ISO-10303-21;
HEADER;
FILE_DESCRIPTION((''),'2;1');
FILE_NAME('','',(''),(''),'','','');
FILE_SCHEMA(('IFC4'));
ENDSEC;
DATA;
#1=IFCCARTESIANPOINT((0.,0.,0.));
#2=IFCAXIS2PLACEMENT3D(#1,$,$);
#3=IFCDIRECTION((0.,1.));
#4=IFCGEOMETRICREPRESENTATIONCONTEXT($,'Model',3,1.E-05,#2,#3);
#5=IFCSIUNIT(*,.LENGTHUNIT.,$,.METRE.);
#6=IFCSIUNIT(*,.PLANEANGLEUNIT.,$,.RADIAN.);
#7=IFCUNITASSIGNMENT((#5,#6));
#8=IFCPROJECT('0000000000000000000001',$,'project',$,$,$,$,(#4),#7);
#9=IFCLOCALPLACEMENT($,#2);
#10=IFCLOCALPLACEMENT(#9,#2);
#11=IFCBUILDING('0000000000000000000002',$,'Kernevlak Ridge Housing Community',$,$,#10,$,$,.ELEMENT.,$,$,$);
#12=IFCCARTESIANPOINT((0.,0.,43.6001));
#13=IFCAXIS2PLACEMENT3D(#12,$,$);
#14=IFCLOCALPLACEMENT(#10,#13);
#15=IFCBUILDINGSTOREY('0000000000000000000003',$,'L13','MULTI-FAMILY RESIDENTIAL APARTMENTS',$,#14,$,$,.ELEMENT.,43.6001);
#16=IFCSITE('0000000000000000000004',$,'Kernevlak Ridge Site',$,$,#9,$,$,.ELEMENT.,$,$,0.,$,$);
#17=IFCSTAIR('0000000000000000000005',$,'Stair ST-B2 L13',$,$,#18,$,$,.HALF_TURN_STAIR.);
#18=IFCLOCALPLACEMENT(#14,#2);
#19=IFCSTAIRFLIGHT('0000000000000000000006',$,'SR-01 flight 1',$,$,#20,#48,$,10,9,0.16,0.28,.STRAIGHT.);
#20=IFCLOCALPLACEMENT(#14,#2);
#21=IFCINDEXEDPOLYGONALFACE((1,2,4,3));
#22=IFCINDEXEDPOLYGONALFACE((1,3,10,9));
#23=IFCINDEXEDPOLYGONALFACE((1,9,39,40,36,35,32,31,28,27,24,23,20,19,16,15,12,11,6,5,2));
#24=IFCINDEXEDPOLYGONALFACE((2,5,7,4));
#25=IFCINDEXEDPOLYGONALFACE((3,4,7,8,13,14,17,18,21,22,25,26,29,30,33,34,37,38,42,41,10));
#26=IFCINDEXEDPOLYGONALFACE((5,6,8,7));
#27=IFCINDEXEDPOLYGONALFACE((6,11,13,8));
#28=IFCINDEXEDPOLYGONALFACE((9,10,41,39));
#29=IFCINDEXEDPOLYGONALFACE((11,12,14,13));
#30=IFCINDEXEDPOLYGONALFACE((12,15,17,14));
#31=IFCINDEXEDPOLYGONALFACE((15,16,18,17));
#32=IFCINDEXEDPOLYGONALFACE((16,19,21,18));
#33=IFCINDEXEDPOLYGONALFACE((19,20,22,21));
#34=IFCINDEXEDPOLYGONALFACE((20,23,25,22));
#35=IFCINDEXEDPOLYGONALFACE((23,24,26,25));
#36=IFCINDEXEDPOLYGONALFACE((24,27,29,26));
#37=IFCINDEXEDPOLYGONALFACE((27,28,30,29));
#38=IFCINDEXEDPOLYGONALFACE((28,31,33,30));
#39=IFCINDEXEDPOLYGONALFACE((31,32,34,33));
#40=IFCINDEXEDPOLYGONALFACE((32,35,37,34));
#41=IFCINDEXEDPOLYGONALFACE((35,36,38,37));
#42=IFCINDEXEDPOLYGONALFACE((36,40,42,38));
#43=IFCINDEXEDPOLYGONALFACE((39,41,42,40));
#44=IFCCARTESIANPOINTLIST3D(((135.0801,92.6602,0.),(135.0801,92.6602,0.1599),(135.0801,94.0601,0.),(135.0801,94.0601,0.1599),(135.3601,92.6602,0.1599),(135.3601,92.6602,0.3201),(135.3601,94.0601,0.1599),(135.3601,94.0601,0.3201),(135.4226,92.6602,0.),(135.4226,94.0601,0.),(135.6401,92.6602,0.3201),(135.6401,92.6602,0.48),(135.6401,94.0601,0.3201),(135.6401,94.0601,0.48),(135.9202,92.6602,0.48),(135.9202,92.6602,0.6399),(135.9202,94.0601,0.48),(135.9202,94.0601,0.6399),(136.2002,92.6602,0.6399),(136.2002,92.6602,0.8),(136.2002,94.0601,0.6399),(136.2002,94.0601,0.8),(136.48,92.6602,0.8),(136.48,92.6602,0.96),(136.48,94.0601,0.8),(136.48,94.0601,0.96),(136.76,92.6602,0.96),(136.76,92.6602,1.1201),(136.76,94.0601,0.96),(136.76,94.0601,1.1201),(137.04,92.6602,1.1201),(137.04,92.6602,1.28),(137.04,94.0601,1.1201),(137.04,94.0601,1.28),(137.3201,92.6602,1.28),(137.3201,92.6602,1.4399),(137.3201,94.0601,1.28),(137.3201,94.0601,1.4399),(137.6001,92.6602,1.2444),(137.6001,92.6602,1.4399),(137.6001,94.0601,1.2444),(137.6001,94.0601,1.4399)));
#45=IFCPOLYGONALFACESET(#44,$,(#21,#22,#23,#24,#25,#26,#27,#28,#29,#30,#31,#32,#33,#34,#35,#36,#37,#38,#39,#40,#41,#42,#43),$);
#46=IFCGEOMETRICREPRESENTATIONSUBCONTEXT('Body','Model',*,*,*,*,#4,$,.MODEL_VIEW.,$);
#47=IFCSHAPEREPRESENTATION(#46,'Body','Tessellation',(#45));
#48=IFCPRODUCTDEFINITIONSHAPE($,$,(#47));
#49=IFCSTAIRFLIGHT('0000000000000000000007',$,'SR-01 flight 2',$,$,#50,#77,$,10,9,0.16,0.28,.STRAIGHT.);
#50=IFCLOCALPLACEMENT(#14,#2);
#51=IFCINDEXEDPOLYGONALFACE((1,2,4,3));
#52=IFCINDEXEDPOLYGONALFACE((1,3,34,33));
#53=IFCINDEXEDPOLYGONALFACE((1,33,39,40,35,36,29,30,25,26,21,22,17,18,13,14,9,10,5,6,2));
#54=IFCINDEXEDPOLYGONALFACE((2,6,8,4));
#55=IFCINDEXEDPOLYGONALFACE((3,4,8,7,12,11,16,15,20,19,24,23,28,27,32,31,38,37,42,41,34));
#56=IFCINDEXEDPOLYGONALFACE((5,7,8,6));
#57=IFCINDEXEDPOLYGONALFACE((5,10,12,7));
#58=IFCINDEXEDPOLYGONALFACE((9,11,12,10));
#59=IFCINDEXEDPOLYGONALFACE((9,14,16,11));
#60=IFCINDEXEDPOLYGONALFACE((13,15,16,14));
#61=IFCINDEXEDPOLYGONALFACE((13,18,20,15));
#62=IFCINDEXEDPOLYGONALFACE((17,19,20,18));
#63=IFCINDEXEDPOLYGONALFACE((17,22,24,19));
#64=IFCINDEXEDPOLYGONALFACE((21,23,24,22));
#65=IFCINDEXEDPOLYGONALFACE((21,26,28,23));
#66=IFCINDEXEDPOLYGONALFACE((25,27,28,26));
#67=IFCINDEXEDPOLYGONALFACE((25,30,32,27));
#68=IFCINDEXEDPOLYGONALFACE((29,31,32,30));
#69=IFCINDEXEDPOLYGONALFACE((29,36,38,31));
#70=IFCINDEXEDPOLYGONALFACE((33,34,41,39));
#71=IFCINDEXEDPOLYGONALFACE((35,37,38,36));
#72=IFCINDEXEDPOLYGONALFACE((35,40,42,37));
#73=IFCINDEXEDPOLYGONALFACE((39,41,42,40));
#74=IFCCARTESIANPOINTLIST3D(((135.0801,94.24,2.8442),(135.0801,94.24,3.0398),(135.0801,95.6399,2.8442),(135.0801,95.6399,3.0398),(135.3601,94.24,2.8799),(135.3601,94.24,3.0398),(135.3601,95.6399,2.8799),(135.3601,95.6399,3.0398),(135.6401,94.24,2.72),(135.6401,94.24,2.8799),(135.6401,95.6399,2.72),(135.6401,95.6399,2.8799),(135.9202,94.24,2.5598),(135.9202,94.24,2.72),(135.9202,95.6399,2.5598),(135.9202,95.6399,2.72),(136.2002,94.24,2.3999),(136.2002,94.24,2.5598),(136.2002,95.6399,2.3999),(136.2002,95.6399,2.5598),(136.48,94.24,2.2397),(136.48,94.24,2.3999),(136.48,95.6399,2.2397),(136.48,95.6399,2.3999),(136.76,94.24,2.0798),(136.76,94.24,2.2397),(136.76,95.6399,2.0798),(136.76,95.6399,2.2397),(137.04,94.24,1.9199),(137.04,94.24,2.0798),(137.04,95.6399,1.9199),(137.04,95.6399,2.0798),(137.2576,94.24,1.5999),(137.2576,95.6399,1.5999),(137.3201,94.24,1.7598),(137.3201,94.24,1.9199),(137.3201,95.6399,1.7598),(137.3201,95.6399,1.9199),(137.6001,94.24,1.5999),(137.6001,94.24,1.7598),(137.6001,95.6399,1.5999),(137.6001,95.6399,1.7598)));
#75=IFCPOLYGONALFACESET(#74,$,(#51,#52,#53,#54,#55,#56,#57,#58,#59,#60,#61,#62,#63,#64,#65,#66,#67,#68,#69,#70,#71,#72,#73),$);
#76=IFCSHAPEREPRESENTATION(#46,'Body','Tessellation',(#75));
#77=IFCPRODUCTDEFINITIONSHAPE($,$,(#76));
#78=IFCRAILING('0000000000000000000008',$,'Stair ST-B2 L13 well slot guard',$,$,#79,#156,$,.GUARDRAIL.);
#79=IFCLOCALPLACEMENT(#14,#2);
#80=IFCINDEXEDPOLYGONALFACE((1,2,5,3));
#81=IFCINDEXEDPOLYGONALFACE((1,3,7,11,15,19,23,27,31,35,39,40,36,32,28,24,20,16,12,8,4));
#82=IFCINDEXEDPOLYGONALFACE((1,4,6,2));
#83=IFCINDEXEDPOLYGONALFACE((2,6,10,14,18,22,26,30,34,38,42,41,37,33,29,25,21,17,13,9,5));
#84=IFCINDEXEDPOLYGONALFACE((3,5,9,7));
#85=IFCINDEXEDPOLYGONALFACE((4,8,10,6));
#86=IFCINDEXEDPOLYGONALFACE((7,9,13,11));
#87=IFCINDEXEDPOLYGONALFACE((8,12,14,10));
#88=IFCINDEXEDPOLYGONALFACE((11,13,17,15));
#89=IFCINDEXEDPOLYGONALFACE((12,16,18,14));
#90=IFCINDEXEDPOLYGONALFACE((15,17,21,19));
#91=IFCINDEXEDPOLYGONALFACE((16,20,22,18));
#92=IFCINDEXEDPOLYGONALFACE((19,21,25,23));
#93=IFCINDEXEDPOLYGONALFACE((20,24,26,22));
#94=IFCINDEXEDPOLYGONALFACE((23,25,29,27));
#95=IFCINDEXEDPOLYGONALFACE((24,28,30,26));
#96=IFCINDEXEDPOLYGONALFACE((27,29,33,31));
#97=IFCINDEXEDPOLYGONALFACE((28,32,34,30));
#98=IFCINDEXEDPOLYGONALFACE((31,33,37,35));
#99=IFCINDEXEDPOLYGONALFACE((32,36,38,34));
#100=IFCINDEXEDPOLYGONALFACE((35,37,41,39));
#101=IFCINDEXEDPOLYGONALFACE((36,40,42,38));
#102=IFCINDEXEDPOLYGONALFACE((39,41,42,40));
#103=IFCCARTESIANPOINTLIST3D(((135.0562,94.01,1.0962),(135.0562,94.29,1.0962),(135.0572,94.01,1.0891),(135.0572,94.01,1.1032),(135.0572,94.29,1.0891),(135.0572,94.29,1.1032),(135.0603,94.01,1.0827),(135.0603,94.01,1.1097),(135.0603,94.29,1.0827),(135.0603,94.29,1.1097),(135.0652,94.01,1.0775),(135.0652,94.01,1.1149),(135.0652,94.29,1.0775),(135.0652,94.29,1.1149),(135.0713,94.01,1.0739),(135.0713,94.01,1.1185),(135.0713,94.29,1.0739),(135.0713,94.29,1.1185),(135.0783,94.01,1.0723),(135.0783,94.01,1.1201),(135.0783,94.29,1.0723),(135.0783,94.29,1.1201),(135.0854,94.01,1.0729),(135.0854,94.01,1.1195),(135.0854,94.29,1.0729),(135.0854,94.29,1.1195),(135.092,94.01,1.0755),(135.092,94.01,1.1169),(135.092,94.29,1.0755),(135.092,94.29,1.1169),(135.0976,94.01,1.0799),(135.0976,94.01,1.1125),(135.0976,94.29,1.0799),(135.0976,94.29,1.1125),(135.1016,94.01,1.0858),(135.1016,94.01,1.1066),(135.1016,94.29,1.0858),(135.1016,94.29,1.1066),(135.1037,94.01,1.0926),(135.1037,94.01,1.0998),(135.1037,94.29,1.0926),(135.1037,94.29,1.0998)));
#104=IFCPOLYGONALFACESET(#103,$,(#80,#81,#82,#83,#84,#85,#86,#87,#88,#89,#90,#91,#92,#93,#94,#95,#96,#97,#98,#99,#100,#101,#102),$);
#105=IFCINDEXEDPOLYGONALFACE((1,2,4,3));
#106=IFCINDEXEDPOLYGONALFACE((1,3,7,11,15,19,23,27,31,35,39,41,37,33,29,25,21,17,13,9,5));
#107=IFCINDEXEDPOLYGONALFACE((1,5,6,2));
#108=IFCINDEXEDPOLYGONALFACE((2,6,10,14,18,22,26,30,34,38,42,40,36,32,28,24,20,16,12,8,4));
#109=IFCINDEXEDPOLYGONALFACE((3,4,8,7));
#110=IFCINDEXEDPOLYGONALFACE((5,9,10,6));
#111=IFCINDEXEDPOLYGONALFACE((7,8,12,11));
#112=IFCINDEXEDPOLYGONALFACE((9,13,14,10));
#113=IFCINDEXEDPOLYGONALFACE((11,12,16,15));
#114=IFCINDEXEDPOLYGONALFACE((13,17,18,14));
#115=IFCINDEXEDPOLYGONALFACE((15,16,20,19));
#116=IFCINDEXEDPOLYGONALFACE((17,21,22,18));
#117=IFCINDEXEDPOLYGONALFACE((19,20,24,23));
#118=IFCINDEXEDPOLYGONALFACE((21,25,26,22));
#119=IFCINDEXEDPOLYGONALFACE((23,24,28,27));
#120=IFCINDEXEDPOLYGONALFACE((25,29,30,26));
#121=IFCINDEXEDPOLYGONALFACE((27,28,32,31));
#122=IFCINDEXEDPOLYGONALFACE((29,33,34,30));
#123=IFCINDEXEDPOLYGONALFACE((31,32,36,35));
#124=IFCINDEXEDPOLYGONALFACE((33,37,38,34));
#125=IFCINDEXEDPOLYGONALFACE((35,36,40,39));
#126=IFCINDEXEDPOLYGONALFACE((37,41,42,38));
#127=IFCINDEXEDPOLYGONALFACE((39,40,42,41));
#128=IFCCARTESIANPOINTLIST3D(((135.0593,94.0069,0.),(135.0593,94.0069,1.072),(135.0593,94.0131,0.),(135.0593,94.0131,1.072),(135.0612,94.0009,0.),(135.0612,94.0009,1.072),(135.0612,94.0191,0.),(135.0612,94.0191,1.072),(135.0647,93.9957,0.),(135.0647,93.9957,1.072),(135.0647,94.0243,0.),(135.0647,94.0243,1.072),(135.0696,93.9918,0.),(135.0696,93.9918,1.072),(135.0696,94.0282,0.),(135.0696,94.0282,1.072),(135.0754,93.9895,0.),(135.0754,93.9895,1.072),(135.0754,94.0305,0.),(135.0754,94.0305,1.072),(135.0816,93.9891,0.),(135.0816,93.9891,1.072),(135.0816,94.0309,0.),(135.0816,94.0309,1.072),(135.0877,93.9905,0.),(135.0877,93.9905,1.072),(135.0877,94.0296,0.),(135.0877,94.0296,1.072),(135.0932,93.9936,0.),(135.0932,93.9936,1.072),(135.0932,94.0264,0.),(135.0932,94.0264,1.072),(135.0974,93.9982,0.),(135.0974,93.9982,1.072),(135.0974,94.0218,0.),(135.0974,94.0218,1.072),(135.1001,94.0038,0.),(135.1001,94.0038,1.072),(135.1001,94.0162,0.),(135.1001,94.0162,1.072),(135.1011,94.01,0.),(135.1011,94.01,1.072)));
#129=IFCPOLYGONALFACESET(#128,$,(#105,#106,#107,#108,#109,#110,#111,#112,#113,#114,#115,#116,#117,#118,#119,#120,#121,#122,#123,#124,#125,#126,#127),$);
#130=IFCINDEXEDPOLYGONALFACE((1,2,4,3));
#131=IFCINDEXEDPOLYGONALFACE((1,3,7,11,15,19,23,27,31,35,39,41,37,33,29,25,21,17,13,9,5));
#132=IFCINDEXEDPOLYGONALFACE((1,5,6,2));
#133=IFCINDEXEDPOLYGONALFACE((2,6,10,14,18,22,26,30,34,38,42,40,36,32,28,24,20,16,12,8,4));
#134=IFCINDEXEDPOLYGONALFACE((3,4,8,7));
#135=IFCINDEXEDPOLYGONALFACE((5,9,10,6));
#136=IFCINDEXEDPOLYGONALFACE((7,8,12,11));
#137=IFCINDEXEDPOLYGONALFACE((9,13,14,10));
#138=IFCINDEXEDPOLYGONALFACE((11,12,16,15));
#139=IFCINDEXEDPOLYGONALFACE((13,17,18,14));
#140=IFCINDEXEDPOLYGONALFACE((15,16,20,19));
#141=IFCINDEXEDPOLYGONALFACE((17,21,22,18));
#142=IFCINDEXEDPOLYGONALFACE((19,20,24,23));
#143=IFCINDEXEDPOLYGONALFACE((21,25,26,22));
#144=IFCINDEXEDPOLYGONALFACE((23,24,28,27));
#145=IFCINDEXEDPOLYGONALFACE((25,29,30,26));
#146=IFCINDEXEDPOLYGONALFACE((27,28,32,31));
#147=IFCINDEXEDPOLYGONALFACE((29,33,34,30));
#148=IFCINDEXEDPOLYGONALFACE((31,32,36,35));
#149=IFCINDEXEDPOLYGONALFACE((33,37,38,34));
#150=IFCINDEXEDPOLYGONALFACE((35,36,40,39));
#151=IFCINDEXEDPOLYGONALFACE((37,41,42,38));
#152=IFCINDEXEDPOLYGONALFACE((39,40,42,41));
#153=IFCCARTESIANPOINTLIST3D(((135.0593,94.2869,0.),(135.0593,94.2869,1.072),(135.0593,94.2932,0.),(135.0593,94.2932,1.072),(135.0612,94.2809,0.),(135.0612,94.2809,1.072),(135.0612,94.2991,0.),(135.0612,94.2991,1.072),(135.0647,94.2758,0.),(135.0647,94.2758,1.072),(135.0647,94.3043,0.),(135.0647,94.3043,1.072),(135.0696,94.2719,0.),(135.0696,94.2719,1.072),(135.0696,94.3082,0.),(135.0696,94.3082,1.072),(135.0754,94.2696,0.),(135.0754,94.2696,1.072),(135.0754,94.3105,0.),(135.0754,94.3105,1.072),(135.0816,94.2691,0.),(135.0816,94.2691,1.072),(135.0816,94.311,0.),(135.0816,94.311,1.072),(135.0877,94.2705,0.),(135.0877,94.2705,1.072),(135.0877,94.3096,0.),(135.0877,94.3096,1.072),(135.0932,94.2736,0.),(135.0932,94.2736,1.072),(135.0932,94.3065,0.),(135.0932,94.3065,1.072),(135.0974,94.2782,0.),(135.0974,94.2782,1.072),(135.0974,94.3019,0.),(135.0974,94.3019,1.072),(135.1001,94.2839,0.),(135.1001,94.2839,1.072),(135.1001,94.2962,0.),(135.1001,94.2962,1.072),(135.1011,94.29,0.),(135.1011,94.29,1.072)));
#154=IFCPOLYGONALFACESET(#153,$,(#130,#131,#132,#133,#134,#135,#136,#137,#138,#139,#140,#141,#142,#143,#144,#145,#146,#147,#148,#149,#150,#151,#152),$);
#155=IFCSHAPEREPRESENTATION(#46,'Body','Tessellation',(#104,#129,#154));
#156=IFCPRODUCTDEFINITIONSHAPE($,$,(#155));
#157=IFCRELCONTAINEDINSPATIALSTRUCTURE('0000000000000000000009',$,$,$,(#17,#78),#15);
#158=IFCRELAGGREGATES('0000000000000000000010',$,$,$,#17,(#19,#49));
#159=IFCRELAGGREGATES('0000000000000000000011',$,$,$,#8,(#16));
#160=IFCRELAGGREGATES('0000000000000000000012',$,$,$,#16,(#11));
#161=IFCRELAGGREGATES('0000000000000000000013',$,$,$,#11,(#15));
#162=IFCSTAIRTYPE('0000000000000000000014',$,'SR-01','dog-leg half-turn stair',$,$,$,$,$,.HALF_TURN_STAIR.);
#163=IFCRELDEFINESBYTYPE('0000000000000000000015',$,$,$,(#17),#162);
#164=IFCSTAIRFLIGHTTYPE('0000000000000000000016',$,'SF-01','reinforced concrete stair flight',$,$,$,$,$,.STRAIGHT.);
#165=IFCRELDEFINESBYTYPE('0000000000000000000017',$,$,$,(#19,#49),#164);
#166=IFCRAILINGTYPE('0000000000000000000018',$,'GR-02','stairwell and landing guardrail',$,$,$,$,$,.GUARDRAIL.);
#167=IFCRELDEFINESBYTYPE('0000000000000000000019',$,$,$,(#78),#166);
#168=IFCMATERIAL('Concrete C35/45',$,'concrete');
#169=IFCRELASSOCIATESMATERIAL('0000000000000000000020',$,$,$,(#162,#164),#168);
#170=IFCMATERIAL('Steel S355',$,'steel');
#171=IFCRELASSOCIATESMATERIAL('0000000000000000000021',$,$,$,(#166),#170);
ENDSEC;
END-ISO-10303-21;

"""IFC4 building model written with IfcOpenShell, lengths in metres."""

from ifc_helpers import new_model, si_unit, direction, frame, origin, origin_2d, place, context, subcontext, project, spatial, polyline, circle, outline, extrude, material, type_object, element, aggregate, save


model = new_model("IFC4")

# Units and contexts
model_context = context("Model", 3, precision=1e-05, world=origin(), true_north=direction((0.0, 1.0)))
body_context = subcontext(model_context, "Body", "Model", "MODEL_VIEW")
ifc_project = project(units=[si_unit("LENGTHUNIT", "METRE"), si_unit("PLANEANGLEUNIT", "RADIAN")], contexts=[model_context])

# Site, building, storey
site_placement = place(None, origin())
site = spatial("IfcSite", under=ifc_project, at=site_placement, Name="Kernevlak Ridge Site", CompositionType="ELEMENT", RefElevation=0.0)
building_placement = place(site_placement, origin())
building = spatial("IfcBuilding", under=site, at=building_placement, Name="Kernevlak Ridge Housing Community", CompositionType="ELEMENT")
storey_placement = place(building_placement, frame((0.0, 0.0, 43.6001)))
storey = spatial("IfcBuildingStorey", under=building, at=storey_placement, Name="L13", Description="MULTI-FAMILY RESIDENTIAL APARTMENTS", CompositionType="ELEMENT", Elevation=43.6001)

# Shared definitions
ifc_material_1 = material(Name="Concrete C35/45", Category="concrete")

# Stair, stair flights
stair_type = type_object("IfcStairType", Name="SR-01", Description="dog-leg half-turn stair", PredefinedType="HALF_TURN_STAIR", material=ifc_material_1)
stair_placement = place(storey_placement, origin())
stair = element("IfcStair", 1, at=stair_placement, inside=storey, type_object=stair_type, Name="Stair ST-B2 L13", PredefinedType="HALF_TURN_STAIR")
stair_flight_type = type_object("IfcStairFlightType", Name="SF-01", Description="reinforced concrete stair flight", PredefinedType="STRAIGHT", material=ifc_material_1)
stair_flight_1_placement = place(storey_placement, frame((135.0801, 93.3601, 0.0), z_axis=(0.0, 0.0, 1.0), x_axis=(1.0, 0.0, 0.0)))
stair_flight_1 = element("IfcStairFlight", 2, at=stair_flight_1_placement, type_object=stair_flight_type, Name="SR-01 flight 1", NumberOfRisers=10, NumberOfTreads=9, PredefinedType="STRAIGHT", RiserHeight=0.16, TreadLength=0.28, context=body_context, shape_type="SweptSolid", body=[
    extrude(outline(polyline([(0.0, 0.0), (0.0, 0.1599), (0.28, 0.1599), (0.28, 0.3201), (0.5601, 0.3201), (0.5601, 0.48), (0.8401, 0.48), (0.8401, 0.6399), (1.1201, 0.6399), (1.1201, 0.8), (1.3999, 0.8), (1.3999, 0.96), (1.6799, 0.96), (1.6799, 1.1201), (1.96, 1.1201), (1.96, 1.28), (2.24, 1.28), (2.24, 1.4399), (2.52, 1.4399), (2.52, 1.6001), (2.52, 1.2444), (0.3425, 0.0), (0.0, 0.0)])), frame((0.0, 0.7, 0.0), z_axis=(0.0, -1.0, 0.0), x_axis=(1.0, 0.0, 0.0)), (0.0, 0.0, 1.0), 1.3999),
])
stair_flight_2_placement = place(storey_placement, frame((137.6001, 94.9399, 1.5999), z_axis=(0.0, 0.0, 1.0), x_axis=(-1.0, 0.0, 0.0)))
stair_flight_2 = element("IfcStairFlight", 3, at=stair_flight_2_placement, type_object=stair_flight_type, Name="SR-01 flight 2", NumberOfRisers=10, NumberOfTreads=9, PredefinedType="STRAIGHT", RiserHeight=0.16, TreadLength=0.28, context=body_context, shape_type="SweptSolid", body=[
    extrude(outline(polyline([(0.0, 0.0), (0.0, 0.1599), (0.28, 0.1599), (0.28, 0.3201), (0.5601, 0.3201), (0.5601, 0.48), (0.8401, 0.48), (0.8401, 0.6399), (1.1201, 0.6399), (1.1201, 0.8), (1.3999, 0.8), (1.3999, 0.96), (1.6799, 0.96), (1.6799, 1.1201), (1.96, 1.1201), (1.96, 1.28), (2.24, 1.28), (2.24, 1.4399), (2.52, 1.4399), (2.52, 1.6001), (2.52, 1.2444), (0.3425, 0.0), (0.0, 0.0)])), frame((0.0, 0.7, 0.0), z_axis=(0.0, -1.0, 0.0), x_axis=(1.0, 0.0, 0.0)), (0.0, 0.0, 1.0), 1.3999),
])
aggregate(stair, [stair_flight_1, stair_flight_2])

# Railing
ifc_material_2 = material(Name="Steel S355", Category="steel")
railing_type_1 = type_object("IfcRailingType", Name="GR-02", Description="stairwell and landing guardrail", PredefinedType="GUARDRAIL", material=ifc_material_2)
railing_1_placement = place(storey_placement, frame((135.0801, 94.01, 0.0)))
element("IfcRailing", 4, at=railing_1_placement, inside=storey, type_object=railing_type_1, Name="Stair ST-B2 L13 well slot guard", PredefinedType="GUARDRAIL", context=body_context, shape_type="SweptSolid", body=[
    extrude(circle(Radius=0.0239, at=origin_2d()), frame((0.0, 0.0, 1.0962), z_axis=(0.0, 1.0, 0.0), x_axis=(-1.0, 0.0, 0.0)), (0.0, 0.0, 1.0), 0.28),
    extrude(circle(Radius=0.021, at=origin_2d()), origin(), (0.0, 0.0, 1.0), 1.072),
    extrude(circle(Radius=0.021, at=origin_2d()), frame((0.0, 0.28, 0.0)), (0.0, 0.0, 1.0), 1.072),
])

save(model, "model.ifc")
